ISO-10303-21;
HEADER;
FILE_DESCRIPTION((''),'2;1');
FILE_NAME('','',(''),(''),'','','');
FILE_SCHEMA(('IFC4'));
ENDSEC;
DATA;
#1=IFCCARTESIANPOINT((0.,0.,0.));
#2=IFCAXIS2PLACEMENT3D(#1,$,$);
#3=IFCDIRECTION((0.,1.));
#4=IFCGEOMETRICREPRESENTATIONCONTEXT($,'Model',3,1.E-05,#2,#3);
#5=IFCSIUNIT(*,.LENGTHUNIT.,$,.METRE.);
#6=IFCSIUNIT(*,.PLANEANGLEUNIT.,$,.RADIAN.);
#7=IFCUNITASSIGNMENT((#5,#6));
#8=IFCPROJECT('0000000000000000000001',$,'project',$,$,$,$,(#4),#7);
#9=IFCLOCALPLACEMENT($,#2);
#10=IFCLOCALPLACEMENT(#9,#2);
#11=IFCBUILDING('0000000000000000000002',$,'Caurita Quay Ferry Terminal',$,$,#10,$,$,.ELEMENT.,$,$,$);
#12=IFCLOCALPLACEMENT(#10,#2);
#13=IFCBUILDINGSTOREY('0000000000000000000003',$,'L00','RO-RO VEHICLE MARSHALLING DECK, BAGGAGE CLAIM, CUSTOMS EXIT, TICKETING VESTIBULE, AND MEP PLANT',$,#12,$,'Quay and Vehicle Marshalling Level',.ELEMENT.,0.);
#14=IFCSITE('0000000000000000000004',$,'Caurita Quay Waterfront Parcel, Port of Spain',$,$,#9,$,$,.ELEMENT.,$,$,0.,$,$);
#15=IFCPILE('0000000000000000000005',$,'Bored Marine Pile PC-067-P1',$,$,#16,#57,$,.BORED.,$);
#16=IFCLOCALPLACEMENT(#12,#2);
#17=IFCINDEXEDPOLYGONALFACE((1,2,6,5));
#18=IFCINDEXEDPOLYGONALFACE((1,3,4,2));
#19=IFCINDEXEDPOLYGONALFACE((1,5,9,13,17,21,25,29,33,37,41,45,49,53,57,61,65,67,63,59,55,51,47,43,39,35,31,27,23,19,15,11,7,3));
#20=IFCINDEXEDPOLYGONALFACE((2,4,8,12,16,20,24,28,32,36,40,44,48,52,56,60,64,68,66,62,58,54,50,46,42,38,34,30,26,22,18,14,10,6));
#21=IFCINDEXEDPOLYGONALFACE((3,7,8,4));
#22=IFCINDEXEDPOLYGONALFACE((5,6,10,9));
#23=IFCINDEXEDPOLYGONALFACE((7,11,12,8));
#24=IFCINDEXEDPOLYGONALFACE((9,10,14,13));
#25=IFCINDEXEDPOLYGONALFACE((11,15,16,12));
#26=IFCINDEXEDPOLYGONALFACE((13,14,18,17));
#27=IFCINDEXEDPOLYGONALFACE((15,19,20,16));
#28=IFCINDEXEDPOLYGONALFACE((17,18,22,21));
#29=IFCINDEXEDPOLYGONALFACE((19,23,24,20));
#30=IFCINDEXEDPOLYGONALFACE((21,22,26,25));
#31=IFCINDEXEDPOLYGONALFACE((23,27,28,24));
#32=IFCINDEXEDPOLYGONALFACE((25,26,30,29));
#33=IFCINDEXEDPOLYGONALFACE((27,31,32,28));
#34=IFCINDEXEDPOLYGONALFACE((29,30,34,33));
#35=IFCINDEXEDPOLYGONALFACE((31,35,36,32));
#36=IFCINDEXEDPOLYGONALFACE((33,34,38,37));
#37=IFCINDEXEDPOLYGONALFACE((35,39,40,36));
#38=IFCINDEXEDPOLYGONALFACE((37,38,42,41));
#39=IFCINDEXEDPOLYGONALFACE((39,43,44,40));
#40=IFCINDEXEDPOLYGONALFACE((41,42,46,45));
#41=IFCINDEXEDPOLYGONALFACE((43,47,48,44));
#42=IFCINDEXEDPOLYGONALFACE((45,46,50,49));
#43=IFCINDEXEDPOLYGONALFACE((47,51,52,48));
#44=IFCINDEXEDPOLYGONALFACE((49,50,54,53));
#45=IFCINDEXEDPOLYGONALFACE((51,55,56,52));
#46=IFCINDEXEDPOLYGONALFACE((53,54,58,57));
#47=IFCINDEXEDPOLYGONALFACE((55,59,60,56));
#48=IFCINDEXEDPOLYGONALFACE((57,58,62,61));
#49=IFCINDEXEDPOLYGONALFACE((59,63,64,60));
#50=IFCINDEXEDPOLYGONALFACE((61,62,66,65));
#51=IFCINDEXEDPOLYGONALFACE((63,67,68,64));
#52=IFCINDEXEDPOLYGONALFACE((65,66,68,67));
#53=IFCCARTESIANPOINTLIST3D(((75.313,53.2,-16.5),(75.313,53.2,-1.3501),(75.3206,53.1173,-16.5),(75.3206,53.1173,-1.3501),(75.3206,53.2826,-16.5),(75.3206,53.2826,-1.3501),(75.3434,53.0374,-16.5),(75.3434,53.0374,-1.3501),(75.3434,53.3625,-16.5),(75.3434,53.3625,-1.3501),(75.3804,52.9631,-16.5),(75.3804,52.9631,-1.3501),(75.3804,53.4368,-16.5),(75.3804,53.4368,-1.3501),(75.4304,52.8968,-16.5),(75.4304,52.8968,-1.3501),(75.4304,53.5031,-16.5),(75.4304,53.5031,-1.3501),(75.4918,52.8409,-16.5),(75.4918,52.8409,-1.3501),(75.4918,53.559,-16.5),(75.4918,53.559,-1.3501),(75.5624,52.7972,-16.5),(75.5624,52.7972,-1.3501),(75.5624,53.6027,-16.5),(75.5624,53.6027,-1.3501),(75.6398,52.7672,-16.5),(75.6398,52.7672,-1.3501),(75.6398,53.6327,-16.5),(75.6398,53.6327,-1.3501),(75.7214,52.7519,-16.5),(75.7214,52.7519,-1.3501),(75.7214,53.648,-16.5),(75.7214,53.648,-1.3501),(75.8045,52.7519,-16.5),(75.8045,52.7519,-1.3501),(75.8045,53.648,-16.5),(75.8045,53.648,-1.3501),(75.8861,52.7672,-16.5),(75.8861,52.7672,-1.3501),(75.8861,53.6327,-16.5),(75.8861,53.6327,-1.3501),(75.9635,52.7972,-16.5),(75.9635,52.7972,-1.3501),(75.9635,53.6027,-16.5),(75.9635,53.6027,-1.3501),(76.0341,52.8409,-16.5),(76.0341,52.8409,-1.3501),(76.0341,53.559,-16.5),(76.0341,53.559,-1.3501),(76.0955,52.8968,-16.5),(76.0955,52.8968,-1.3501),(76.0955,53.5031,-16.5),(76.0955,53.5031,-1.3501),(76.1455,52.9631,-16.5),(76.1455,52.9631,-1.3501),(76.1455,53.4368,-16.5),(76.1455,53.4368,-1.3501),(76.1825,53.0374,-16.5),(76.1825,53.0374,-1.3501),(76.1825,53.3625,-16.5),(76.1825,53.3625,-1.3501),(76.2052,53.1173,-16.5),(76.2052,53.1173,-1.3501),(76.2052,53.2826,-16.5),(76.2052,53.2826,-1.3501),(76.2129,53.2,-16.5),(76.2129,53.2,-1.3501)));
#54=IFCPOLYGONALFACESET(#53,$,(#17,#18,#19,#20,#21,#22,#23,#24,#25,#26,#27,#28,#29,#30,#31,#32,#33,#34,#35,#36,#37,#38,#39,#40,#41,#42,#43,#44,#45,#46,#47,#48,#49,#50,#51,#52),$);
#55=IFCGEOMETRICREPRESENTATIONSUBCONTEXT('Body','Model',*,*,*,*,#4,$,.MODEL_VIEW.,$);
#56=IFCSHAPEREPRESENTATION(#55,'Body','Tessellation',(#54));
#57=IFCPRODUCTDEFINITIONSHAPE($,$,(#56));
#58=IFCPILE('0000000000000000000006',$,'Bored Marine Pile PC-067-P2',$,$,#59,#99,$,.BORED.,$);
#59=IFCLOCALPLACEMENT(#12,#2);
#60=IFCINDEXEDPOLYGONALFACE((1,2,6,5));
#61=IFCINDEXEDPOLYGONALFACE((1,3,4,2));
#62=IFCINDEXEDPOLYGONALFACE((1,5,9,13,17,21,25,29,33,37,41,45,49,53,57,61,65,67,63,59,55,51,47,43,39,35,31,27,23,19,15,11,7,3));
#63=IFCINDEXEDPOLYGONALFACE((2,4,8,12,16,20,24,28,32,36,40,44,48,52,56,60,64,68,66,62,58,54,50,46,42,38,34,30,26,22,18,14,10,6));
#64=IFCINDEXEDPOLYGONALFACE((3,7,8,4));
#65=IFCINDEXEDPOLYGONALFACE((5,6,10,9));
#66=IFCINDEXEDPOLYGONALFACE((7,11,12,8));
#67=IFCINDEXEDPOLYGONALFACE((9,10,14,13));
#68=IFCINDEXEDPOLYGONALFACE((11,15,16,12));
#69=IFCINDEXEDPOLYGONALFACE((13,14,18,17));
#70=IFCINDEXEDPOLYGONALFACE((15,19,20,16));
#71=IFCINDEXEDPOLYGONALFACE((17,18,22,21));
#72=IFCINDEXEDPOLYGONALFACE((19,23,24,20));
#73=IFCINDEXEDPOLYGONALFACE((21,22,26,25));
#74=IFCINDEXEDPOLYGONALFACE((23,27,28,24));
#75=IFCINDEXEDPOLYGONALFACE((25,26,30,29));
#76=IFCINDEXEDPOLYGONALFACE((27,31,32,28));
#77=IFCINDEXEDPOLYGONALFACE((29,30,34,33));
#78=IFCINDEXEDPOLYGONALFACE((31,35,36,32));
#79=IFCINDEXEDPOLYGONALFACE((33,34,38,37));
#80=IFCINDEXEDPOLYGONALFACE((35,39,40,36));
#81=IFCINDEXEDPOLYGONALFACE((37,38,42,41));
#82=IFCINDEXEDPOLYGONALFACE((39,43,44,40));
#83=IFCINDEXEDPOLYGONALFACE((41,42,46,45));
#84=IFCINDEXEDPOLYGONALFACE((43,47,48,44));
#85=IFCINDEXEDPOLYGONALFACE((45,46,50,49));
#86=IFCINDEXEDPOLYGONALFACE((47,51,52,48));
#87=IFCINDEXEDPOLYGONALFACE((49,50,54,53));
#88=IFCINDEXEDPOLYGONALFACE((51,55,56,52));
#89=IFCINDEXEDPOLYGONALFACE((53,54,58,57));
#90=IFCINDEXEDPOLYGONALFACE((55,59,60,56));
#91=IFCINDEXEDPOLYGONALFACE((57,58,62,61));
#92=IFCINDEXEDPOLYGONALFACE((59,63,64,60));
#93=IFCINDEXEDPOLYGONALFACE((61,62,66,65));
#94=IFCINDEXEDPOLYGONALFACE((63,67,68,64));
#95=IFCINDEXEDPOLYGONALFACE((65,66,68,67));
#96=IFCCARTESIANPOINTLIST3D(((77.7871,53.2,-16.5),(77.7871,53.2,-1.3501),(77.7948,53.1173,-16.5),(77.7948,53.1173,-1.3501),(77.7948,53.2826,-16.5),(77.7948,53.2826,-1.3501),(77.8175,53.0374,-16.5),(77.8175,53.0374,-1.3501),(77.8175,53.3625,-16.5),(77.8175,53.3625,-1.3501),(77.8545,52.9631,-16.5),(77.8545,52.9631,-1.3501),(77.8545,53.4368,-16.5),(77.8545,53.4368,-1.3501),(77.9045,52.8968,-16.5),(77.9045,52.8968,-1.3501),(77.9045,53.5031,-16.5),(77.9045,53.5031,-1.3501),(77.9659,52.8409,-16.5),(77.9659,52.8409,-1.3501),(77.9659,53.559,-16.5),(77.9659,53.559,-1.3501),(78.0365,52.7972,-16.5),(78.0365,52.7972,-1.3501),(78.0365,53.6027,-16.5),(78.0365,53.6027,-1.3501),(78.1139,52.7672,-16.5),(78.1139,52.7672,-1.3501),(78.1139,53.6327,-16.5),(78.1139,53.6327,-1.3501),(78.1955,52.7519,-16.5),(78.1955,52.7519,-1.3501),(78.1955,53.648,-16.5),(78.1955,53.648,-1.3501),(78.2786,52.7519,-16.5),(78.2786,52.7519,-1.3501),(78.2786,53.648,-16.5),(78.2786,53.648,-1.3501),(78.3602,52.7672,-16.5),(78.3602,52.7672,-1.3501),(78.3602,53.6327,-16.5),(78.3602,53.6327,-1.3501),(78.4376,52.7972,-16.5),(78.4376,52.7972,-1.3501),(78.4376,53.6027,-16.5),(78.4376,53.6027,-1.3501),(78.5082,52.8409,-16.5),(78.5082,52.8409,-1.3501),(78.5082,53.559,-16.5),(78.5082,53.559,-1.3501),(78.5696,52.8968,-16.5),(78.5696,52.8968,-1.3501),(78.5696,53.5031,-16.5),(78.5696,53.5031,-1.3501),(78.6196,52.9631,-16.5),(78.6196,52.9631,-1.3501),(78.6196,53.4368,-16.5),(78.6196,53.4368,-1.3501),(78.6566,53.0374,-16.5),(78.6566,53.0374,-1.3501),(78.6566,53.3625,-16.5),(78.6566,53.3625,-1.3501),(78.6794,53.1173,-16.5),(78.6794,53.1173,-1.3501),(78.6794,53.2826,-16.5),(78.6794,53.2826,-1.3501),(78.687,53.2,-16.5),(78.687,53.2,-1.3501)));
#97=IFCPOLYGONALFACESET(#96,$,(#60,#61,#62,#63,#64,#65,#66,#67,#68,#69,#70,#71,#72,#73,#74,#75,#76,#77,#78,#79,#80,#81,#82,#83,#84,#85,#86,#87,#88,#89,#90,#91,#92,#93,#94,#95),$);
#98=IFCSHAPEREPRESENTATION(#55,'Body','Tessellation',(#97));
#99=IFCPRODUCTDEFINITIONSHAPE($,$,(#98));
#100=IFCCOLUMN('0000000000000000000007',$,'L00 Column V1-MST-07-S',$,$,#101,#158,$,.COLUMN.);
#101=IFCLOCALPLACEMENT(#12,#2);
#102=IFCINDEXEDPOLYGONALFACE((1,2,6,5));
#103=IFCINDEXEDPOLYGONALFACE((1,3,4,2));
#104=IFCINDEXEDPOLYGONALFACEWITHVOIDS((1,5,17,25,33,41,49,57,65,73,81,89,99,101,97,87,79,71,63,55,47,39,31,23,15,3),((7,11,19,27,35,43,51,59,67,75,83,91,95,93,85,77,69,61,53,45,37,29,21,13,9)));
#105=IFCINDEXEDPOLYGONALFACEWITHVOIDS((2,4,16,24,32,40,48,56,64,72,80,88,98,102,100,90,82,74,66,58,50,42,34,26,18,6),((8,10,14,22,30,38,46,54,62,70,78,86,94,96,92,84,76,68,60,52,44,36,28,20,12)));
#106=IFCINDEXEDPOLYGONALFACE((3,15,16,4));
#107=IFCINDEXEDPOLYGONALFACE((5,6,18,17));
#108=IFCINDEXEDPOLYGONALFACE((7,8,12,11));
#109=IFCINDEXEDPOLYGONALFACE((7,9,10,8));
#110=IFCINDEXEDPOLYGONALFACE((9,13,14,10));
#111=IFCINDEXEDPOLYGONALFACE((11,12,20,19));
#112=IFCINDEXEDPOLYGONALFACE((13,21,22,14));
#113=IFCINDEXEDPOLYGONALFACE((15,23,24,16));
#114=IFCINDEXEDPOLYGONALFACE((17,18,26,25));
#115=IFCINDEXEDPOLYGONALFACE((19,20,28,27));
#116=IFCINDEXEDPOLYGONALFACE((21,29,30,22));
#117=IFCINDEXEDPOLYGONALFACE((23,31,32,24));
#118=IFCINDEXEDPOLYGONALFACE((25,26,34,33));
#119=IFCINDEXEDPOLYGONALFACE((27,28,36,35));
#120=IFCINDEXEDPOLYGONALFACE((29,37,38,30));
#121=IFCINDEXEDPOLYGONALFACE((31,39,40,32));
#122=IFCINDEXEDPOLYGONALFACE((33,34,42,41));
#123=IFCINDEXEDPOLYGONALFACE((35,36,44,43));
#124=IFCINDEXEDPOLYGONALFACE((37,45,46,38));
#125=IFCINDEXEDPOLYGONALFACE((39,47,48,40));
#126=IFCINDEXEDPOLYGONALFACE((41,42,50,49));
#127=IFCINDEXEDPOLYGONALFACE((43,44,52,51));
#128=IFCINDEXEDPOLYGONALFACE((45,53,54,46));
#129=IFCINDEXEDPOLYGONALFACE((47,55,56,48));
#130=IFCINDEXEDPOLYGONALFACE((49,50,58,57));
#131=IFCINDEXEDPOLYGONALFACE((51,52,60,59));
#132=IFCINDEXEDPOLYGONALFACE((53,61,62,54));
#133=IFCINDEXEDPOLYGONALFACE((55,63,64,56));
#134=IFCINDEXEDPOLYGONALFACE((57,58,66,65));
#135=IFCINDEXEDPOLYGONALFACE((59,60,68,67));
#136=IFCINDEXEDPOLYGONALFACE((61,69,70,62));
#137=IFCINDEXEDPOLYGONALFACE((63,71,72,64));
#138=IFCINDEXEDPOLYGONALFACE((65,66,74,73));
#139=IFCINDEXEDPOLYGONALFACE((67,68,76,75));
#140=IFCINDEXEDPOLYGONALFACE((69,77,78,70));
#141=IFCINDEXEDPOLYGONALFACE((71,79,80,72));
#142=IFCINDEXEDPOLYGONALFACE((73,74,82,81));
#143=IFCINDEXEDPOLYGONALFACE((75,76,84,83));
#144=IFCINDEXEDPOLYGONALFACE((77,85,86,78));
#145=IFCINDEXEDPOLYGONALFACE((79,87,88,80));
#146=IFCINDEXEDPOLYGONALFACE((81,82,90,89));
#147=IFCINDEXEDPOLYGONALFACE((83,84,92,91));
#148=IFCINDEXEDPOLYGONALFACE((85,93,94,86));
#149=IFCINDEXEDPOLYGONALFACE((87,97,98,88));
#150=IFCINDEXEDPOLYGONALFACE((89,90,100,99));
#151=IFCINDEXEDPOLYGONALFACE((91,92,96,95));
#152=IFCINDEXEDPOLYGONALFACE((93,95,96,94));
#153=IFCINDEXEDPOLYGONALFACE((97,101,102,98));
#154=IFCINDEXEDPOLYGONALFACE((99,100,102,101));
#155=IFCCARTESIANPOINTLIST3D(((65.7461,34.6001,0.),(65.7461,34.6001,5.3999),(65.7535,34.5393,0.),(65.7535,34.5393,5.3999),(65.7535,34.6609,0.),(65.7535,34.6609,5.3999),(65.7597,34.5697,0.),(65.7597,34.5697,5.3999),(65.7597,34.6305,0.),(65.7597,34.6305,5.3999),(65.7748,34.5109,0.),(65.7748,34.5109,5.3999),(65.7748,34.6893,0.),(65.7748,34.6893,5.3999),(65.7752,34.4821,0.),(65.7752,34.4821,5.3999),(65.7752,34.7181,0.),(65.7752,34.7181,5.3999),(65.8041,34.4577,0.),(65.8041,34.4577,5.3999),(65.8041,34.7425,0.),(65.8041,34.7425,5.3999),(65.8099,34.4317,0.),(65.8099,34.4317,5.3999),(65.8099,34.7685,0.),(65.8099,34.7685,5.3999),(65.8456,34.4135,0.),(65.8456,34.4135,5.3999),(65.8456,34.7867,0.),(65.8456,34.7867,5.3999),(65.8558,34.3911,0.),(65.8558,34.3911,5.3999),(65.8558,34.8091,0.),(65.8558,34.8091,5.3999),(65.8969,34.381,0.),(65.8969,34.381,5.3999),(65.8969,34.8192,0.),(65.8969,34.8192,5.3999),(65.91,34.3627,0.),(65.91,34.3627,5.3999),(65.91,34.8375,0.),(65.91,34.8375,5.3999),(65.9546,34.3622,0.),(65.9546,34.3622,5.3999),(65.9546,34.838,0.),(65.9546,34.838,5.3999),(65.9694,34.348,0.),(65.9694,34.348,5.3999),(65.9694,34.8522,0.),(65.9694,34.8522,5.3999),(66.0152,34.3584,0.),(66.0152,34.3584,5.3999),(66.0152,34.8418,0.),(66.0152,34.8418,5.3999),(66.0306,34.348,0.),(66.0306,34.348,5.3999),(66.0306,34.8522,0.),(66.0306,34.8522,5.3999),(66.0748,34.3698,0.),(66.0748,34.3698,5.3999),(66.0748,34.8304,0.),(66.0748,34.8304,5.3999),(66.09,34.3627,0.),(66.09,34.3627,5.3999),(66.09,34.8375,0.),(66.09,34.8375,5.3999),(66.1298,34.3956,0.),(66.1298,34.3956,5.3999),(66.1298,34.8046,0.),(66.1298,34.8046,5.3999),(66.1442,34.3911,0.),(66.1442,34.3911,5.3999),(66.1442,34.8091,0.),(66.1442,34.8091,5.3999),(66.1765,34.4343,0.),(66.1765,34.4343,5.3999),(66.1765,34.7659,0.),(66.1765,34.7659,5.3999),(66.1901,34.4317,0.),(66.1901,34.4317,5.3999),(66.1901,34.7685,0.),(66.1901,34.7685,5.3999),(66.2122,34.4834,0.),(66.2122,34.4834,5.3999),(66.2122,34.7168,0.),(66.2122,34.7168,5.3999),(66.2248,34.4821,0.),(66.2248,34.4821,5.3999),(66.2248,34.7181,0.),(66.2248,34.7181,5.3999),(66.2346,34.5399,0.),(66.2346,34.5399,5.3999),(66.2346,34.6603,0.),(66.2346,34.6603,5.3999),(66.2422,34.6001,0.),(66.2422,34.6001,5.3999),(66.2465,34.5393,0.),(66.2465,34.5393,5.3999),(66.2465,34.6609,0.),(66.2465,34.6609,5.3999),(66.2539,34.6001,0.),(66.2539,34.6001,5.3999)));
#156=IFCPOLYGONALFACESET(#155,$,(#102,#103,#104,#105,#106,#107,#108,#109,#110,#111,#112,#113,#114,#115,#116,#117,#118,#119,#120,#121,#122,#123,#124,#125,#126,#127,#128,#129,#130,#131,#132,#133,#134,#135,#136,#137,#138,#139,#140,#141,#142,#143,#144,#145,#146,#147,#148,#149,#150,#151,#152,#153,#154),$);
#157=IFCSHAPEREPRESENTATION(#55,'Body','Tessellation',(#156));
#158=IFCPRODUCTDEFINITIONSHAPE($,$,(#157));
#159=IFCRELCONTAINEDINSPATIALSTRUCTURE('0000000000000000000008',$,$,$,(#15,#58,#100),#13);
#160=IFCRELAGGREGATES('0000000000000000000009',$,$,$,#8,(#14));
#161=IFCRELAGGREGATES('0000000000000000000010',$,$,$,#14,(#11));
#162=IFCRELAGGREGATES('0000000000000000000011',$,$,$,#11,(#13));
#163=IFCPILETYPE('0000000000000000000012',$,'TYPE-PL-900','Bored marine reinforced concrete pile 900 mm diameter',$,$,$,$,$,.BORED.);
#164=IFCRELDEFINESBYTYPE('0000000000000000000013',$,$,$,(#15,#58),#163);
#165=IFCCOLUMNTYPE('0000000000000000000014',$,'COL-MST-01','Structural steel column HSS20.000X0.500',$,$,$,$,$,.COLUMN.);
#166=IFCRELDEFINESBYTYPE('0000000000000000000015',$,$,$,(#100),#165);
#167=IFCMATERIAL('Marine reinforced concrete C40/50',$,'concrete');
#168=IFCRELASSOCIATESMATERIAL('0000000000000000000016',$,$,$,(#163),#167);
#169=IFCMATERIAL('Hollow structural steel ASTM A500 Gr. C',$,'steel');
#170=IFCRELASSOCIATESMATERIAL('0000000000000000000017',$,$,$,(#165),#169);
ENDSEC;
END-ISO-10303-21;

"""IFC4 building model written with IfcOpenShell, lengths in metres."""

from ifc_helpers import new_model, si_unit, direction, frame, origin, origin_2d, place, context, subcontext, project, spatial, circle, hollow_circle, extrude, material, material_profile, profile_set, type_object, element, save


model = new_model("IFC4")

# Units and contexts
model_context = context("Model", 3, precision=1e-05, world=origin(), true_north=direction((0.0, 1.0)))
body_context = subcontext(model_context, "Body", "Model", "MODEL_VIEW")
ifc_project = project(units=[si_unit("LENGTHUNIT", "METRE"), si_unit("PLANEANGLEUNIT", "RADIAN")], contexts=[model_context])

# Site, building, storey
site_placement = place(None, origin())
site = spatial("IfcSite", under=ifc_project, at=site_placement, Name="Caurita Quay Waterfront Parcel, Port of Spain", CompositionType="ELEMENT", RefElevation=0.0)
building_placement = place(site_placement, origin())
building = spatial("IfcBuilding", under=site, at=building_placement, Name="Caurita Quay Ferry Terminal", CompositionType="ELEMENT")
storey_placement = place(building_placement, origin())
storey = spatial("IfcBuildingStorey", under=building, at=storey_placement, Name="L00", Description="RO-RO VEHICLE MARSHALLING DECK, BAGGAGE CLAIM, CUSTOMS EXIT, TICKETING VESTIBULE, AND MEP PLANT", LongName="Quay and Vehicle Marshalling Level", CompositionType="ELEMENT", Elevation=0.0)

# Piles
ifc_material_1 = material(Name="Marine reinforced concrete C40/50", Category="concrete")
ifc_material_profile_1 = material_profile(ifc_material_1, circle(Radius=0.45, at=origin_2d()), Name="PILE-D900")
ifc_profile_set_1 = profile_set([ifc_material_profile_1], Name="Marine reinforced concrete C40/50")
pile_type_1 = type_object("IfcPileType", Name="TYPE-PL-900", Description="Bored marine reinforced concrete pile 900 mm diameter", PredefinedType="BORED", material=ifc_profile_set_1)
for number, where, z_axis, x_axis, name in (
    (1, (75.7629, 53.2, -1.3501), (0.0, 0.0, -1.0), (1.0, 0.0, 0.0), "Bored Marine Pile PC-067-P1"),
    (2, (78.2371, 53.2, -1.3501), (0.0, 0.0, -1.0), (1.0, 0.0, 0.0), "Bored Marine Pile PC-067-P2"),
):
    element("IfcPile", number, at=place(storey_placement, frame(where, z_axis=z_axis, x_axis=x_axis)), inside=storey, type_object=pile_type_1, Name=name, PredefinedType="BORED", context=body_context, shape_type="SweptSolid", body=[
        extrude(circle(Radius=0.45, at=origin_2d()), origin(), (0.0, 0.0, 1.0), 15.1499),
    ])

# Column
ifc_material_2 = material(Name="Hollow structural steel ASTM A500 Gr. C", Category="steel")
ifc_material_profile_2 = material_profile(ifc_material_2, hollow_circle(Radius=0.2539, WallThickness=0.0117, at=origin_2d()), Name="HSS20.000X0.500")
ifc_profile_set_2 = profile_set([ifc_material_profile_2], Name="Hollow structural steel ASTM A500 Gr. C")
column_type_1 = type_object("IfcColumnType", Name="COL-MST-01", Description="Structural steel column HSS20.000X0.500", PredefinedType="COLUMN", material=ifc_profile_set_2)
for number, where, z_axis, x_axis, name in (
    (3, (66.0, 34.6001, 0.0), (0.0, 0.0, 1.0), (1.0, 0.0, 0.0), "L00 Column V1-MST-07-S"),
):
    element("IfcColumn", number, at=place(storey_placement, frame(where, z_axis=z_axis, x_axis=x_axis)), inside=storey, type_object=column_type_1, Name=name, PredefinedType="COLUMN", context=body_context, shape_type="SweptSolid", body=[
        extrude(hollow_circle(Radius=0.2539, WallThickness=0.0117, at=origin_2d()), origin(), (0.0, 0.0, 1.0), 5.3999),
    ])

save(model, "model.ifc")
